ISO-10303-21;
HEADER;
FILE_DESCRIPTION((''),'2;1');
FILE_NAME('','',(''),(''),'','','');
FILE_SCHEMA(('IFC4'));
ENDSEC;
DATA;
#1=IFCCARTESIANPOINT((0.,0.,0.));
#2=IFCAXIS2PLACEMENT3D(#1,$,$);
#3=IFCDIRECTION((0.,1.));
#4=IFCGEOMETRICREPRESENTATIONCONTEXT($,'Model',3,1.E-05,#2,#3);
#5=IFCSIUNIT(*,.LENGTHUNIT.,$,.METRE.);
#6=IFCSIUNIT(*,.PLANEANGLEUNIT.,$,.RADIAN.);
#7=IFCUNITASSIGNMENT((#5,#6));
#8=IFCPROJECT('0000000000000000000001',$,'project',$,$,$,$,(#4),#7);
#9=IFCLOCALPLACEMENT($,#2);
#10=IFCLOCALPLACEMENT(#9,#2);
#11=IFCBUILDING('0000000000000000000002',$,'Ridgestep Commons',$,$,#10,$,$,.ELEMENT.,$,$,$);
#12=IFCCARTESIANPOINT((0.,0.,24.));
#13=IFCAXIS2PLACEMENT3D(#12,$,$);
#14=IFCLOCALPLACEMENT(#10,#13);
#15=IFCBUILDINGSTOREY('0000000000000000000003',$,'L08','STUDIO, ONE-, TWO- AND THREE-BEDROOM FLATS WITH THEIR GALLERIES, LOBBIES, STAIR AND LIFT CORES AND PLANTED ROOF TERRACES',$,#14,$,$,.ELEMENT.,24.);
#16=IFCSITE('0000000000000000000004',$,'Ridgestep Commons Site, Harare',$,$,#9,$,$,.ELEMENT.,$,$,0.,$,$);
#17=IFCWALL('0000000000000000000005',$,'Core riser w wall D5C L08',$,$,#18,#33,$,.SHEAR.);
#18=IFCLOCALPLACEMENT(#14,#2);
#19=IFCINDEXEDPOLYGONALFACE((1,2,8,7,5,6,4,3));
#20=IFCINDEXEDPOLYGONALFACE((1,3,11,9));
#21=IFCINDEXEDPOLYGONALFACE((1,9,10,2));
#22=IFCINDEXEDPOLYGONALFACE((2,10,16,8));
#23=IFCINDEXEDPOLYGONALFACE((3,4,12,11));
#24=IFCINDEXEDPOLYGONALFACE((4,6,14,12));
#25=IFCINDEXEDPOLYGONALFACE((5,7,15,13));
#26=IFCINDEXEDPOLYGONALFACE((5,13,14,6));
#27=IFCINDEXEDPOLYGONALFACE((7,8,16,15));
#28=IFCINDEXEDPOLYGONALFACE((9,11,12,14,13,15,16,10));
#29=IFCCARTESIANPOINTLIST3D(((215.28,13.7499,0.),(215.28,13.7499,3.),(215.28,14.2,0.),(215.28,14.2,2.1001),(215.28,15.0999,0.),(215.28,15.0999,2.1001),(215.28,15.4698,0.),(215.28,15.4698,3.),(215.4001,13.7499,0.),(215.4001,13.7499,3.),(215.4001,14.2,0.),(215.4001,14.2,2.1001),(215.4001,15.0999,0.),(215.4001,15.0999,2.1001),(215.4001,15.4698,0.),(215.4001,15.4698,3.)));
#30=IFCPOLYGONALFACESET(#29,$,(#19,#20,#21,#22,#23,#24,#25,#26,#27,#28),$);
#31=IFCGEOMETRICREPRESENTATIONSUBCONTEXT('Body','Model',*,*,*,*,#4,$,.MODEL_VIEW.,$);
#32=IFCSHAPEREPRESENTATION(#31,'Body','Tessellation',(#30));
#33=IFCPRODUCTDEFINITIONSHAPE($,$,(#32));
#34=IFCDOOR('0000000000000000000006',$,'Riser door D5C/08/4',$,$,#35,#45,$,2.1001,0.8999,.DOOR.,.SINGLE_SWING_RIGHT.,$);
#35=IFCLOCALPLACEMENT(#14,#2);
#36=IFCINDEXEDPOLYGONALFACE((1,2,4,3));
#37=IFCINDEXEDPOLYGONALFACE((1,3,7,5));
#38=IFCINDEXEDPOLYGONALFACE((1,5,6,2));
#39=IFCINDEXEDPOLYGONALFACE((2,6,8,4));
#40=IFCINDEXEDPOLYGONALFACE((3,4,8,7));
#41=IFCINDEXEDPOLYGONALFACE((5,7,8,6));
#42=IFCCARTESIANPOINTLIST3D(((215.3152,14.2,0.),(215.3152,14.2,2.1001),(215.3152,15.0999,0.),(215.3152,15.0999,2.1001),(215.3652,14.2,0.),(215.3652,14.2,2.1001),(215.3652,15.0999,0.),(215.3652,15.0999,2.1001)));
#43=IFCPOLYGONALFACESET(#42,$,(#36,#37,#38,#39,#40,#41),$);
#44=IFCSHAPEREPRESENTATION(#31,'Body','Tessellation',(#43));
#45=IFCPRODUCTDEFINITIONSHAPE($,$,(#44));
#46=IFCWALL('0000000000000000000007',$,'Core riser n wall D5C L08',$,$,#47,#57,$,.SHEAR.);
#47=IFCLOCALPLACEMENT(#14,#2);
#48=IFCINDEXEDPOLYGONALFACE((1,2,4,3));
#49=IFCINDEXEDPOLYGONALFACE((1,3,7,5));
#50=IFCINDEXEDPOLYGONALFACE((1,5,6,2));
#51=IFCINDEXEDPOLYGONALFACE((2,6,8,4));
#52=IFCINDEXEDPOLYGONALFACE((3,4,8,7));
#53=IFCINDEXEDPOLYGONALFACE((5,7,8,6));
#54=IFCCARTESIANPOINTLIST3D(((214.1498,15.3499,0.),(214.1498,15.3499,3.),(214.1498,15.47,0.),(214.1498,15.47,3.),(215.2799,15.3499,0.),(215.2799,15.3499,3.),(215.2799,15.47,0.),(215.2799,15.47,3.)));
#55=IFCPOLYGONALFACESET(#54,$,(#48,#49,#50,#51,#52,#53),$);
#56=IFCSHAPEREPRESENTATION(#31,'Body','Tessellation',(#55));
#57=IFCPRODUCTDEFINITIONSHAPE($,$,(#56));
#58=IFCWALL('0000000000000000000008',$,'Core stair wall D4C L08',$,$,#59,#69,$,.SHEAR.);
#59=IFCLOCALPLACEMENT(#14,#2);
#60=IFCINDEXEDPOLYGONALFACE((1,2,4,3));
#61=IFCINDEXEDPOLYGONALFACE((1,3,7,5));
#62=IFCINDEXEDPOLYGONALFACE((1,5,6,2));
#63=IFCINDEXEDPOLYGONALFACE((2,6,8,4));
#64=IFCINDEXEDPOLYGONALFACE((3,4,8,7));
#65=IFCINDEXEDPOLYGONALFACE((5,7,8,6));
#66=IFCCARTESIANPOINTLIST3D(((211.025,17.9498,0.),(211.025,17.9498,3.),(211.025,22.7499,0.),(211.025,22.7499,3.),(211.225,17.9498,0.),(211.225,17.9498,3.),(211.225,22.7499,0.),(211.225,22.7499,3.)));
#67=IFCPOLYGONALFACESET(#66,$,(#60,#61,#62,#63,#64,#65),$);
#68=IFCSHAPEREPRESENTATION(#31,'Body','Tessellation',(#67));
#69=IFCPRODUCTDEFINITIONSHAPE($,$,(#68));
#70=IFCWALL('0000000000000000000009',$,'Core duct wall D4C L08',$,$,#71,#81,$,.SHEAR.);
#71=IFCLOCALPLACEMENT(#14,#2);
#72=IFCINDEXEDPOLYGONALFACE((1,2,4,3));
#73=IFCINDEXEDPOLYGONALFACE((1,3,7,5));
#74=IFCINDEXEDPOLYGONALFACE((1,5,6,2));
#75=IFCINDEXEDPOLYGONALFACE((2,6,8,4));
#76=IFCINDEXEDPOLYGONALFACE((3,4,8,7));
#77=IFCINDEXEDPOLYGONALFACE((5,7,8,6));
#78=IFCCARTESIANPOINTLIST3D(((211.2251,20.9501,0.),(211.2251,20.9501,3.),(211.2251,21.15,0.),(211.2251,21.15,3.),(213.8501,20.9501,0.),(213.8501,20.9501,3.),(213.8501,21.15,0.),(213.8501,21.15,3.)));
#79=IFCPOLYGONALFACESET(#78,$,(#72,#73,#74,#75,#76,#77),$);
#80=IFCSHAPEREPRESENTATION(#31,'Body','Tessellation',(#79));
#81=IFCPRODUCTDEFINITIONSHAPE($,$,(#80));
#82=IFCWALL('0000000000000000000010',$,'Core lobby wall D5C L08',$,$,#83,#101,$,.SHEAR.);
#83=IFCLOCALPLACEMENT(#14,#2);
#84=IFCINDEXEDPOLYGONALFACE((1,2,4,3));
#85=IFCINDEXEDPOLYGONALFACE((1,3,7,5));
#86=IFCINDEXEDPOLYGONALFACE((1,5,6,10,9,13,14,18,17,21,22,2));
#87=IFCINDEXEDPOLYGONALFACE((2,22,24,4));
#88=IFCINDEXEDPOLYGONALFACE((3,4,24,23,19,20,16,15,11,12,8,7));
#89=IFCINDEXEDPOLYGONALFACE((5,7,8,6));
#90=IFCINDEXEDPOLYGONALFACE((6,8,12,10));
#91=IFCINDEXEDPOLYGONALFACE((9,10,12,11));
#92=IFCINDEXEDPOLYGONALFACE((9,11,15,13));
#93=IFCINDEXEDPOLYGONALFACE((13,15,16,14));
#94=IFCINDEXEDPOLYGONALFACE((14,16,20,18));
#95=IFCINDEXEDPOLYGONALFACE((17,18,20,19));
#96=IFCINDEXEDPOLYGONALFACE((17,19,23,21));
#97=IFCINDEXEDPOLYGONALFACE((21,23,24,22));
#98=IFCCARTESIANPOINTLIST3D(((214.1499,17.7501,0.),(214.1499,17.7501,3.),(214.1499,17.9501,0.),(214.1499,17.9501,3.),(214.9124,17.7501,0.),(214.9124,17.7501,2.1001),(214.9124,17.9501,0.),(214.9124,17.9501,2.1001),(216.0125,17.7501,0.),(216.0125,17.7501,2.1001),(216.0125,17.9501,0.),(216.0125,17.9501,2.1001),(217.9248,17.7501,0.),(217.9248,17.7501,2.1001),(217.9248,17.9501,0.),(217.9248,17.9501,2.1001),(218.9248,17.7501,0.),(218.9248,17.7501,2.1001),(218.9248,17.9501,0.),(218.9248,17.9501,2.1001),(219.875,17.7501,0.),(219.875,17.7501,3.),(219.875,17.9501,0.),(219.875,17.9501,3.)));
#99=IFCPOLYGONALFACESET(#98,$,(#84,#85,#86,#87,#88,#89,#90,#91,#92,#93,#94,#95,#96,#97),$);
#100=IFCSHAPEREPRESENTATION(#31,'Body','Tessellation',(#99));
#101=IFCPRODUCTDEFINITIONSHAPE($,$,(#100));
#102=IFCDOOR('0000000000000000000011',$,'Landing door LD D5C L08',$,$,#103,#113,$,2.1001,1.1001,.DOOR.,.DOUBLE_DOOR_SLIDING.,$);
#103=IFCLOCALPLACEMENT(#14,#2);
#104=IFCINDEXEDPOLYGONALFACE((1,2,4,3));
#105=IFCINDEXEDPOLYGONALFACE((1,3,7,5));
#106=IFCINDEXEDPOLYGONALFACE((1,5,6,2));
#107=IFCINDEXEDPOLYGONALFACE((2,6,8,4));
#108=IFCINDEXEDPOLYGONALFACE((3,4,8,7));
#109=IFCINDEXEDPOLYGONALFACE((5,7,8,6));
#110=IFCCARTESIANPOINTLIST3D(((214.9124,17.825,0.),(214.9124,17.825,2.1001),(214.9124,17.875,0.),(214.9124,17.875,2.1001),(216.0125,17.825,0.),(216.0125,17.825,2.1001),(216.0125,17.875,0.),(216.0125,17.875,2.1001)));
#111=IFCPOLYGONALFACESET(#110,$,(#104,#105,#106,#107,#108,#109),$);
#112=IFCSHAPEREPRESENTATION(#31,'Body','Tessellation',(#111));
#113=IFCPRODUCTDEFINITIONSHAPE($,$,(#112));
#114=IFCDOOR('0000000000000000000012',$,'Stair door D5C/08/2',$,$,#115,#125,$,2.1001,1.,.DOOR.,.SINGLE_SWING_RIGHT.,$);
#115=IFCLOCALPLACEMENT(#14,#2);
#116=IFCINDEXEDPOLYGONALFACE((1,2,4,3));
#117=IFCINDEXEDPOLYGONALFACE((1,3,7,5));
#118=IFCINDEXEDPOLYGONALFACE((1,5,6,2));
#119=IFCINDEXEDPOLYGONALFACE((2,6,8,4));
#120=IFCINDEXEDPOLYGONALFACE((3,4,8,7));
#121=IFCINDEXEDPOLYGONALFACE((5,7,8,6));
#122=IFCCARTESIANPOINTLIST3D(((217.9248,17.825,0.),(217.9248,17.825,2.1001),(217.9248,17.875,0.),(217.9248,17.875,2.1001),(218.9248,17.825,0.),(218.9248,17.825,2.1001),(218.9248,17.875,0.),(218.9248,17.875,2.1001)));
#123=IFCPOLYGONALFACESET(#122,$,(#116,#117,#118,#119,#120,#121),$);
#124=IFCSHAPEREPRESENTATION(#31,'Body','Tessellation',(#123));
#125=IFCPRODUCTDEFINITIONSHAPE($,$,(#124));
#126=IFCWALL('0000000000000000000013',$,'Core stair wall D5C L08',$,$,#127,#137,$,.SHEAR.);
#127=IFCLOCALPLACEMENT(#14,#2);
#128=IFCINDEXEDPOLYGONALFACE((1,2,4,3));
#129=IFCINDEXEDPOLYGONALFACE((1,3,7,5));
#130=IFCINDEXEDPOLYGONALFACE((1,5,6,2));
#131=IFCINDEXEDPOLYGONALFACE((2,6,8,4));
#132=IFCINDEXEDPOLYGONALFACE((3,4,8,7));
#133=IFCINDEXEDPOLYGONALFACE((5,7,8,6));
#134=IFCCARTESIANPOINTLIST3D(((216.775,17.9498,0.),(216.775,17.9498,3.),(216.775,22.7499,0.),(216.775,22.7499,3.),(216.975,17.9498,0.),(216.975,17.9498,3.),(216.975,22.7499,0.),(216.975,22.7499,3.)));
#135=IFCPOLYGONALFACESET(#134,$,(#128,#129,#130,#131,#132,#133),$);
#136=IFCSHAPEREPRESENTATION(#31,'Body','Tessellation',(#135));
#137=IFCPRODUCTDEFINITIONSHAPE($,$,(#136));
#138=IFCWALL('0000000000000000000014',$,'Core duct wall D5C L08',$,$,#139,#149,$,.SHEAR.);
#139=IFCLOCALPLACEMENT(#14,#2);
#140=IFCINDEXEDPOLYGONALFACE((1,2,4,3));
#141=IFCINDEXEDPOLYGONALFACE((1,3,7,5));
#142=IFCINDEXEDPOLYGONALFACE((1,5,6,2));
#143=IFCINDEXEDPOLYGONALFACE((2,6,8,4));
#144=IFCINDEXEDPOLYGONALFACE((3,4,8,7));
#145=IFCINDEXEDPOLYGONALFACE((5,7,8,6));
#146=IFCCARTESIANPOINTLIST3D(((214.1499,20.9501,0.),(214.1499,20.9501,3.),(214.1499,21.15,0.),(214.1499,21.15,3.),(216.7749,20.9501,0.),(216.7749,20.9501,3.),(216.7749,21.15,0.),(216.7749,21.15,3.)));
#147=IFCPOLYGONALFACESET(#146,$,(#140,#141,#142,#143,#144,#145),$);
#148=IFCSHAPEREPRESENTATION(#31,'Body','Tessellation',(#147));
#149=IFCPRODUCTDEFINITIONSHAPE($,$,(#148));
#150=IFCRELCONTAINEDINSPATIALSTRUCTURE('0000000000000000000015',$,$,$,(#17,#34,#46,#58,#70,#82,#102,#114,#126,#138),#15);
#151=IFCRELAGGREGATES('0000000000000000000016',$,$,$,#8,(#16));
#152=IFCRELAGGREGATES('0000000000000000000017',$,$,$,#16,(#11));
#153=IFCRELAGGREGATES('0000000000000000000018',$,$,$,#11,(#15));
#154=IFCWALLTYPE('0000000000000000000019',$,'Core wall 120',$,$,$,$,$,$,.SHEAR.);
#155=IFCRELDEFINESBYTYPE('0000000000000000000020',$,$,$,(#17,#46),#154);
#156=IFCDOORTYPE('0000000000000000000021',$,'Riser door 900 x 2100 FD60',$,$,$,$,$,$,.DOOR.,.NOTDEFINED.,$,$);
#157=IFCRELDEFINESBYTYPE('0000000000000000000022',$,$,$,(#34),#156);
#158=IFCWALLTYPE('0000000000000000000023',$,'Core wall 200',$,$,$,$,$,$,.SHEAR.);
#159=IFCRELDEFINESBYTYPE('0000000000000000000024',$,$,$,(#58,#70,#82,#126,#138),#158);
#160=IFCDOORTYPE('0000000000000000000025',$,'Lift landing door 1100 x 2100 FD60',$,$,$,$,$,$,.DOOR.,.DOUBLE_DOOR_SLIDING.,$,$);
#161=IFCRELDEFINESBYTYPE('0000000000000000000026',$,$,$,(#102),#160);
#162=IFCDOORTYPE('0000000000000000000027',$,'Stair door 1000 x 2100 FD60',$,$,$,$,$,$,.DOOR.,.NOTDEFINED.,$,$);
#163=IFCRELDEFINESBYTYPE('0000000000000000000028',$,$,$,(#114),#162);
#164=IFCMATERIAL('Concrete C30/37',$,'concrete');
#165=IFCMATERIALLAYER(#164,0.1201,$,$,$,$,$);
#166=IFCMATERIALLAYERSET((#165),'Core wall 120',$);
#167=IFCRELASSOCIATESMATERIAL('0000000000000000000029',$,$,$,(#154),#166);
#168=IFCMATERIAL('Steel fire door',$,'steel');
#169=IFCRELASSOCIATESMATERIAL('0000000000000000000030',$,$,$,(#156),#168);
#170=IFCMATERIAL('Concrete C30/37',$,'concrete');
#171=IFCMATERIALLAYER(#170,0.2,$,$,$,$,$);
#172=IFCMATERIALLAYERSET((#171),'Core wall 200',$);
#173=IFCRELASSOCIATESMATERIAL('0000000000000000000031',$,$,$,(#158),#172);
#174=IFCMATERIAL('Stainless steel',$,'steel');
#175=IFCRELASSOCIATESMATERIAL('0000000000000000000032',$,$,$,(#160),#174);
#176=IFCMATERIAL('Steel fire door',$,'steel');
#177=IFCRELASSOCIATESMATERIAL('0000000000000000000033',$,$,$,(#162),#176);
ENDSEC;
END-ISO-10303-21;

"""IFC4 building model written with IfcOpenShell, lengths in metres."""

from ifc_helpers import new_model, si_unit, direction, frame, frame_2d, origin, place, context, subcontext, project, spatial, rectangle, extrude, material, layer, layer_set, type_object, element, fill, save


model = new_model("IFC4")

# Units and contexts
model_context = context("Model", 3, precision=1e-05, world=origin(), true_north=direction((0.0, 1.0)))
body_context = subcontext(model_context, "Body", "Model", "MODEL_VIEW")
ifc_project = project(units=[si_unit("LENGTHUNIT", "METRE"), si_unit("PLANEANGLEUNIT", "RADIAN")], contexts=[model_context])

# Site, building, storey
site_placement = place(None, origin())
site = spatial("IfcSite", under=ifc_project, at=site_placement, Name="Ridgestep Commons Site, Harare", CompositionType="ELEMENT", RefElevation=0.0)
building_placement = place(site_placement, origin())
building = spatial("IfcBuilding", under=site, at=building_placement, Name="Ridgestep Commons", CompositionType="ELEMENT")
storey_placement = place(building_placement, frame((0.0, 0.0, 24.0)))
storey = spatial("IfcBuildingStorey", under=building, at=storey_placement, Name="L08", Description="STUDIO, ONE-, TWO- AND THREE-BEDROOM FLATS WITH THEIR GALLERIES, LOBBIES, STAIR AND LIFT CORES AND PLANTED ROOF TERRACES", CompositionType="ELEMENT", Elevation=24.0)

# Shared definitions
ifc_material_1 = material(Name="Concrete C30/37", Category="concrete")
ifc_layer_1 = layer(ifc_material_1, 0.1201)
ifc_layer_set_1 = layer_set([ifc_layer_1], Name="Core wall 120")
wall_type_1 = type_object("IfcWallType", Name="Core wall 120", PredefinedType="SHEAR", material=ifc_layer_set_1)
ifc_material_2 = material(Name="Steel fire door", Category="steel")
door_type_1 = type_object("IfcDoorType", Name="Riser door 900 x 2100 FD60", OperationType="NOTDEFINED", PredefinedType="DOOR", material=ifc_material_2)

# Wall, opening, door
wall_1_placement = place(storey_placement, frame((215.3401, 13.75, 0.0), z_axis=(0.0, 0.0, 1.0), x_axis=(0.0, 1.0, 0.0)))
wall_1 = element("IfcWall", 1, at=wall_1_placement, inside=storey, type_object=wall_type_1, Name="Core riser w wall D5C L08", PredefinedType="SHEAR", context=body_context, shape_type="SweptSolid", body=[
    extrude(rectangle(XDim=1.72, YDim=0.1201, at=frame_2d((0.8599, 0.0))), origin(), (0.0, 0.0, 1.0), 3.0),
])
opening_1_placement = place(wall_1_placement, frame((0.45, 0.0, 0.0)))
opening_1 = element("IfcOpeningElement", 2, at=opening_1_placement, cuts=wall_1, PredefinedType="OPENING", context=body_context, shape_type="SweptSolid", body=[
    extrude(rectangle(XDim=0.8999, YDim=2.1001, at=frame_2d((0.45, 1.05))), frame((0.0, 0.0701, 0.0), z_axis=(0.0, -1.0, 0.0), x_axis=(1.0, 0.0, 0.0)), (0.0, 0.0, 1.0), 0.1401),
])
door_1_placement = place(opening_1_placement, origin())
door_1 = element("IfcDoor", 3, at=door_1_placement, inside=storey, type_object=door_type_1, Name="Riser door D5C/08/4", OperationType="SINGLE_SWING_RIGHT", OverallHeight=2.1001, OverallWidth=0.8999, PredefinedType="DOOR", context=body_context, shape_type="SweptSolid", body=[
    extrude(rectangle(XDim=0.8999, YDim=2.1001, at=frame_2d((0.45, 1.05))), frame((0.0, 0.0249, 0.0), z_axis=(0.0, -1.0, 0.0), x_axis=(1.0, 0.0, 0.0)), (0.0, 0.0, 1.0), 0.05),
])
fill(opening_1, door_1)

# Walls
wall_2_placement = place(storey_placement, frame((214.1499, 15.4099, 0.0), z_axis=(0.0, 0.0, 1.0), x_axis=(1.0, 0.0, 0.0)))
element("IfcWall", 4, at=wall_2_placement, inside=storey, type_object=wall_type_1, Name="Core riser n wall D5C L08", PredefinedType="SHEAR", context=body_context, shape_type="SweptSolid", body=[
    extrude(rectangle(XDim=1.1301, YDim=0.1201, at=frame_2d((0.5649, 0.0))), origin(), (0.0, 0.0, 1.0), 3.0),
])
ifc_material_3 = material(Name="Concrete C30/37", Category="concrete")
ifc_layer_2 = layer(ifc_material_3, 0.2)
ifc_layer_set_2 = layer_set([ifc_layer_2], Name="Core wall 200")
wall_type_2 = type_object("IfcWallType", Name="Core wall 200", PredefinedType="SHEAR", material=ifc_layer_set_2)
wall_3_placement = place(storey_placement, frame((211.125, 17.95, 0.0), z_axis=(0.0, 0.0, 1.0), x_axis=(0.0, 1.0, 0.0)))
element("IfcWall", 5, at=wall_3_placement, inside=storey, type_object=wall_type_2, Name="Core stair wall D4C L08", PredefinedType="SHEAR", context=body_context, shape_type="SweptSolid", body=[
    extrude(rectangle(XDim=4.8, YDim=0.2, at=frame_2d((2.3999, 0.0))), origin(), (0.0, 0.0, 1.0), 3.0),
])
wall_4_placement = place(storey_placement, frame((211.2251, 21.05, 0.0), z_axis=(0.0, 0.0, 1.0), x_axis=(1.0, 0.0, 0.0)))
element("IfcWall", 6, at=wall_4_placement, inside=storey, type_object=wall_type_2, Name="Core duct wall D4C L08", PredefinedType="SHEAR", context=body_context, shape_type="SweptSolid", body=[
    extrude(rectangle(XDim=2.625, YDim=0.2, at=frame_2d((1.3125, 0.0))), origin(), (0.0, 0.0, 1.0), 3.0),
])

# Wall, openings, doors
wall_5_placement = place(storey_placement, frame((214.1499, 17.8501, 0.0), z_axis=(0.0, 0.0, 1.0), x_axis=(1.0, 0.0, 0.0)))
wall_5 = element("IfcWall", 7, at=wall_5_placement, inside=storey, type_object=wall_type_2, Name="Core lobby wall D5C L08", PredefinedType="SHEAR", context=body_context, shape_type="SweptSolid", body=[
    extrude(rectangle(XDim=5.7251, YDim=0.2, at=frame_2d((2.8625, 0.0))), origin(), (0.0, 0.0, 1.0), 3.0),
])
opening_2_placement = place(wall_5_placement, frame((3.7749, 0.0, 0.0)))
opening_2 = element("IfcOpeningElement", 8, at=opening_2_placement, cuts=wall_5, PredefinedType="OPENING", context=body_context, shape_type="SweptSolid", body=[
    extrude(rectangle(XDim=1.0, YDim=2.1001, at=frame_2d((0.5, 1.05))), frame((0.0, 0.1099, 0.0), z_axis=(0.0, -1.0, 0.0), x_axis=(1.0, 0.0, 0.0)), (0.0, 0.0, 1.0), 0.22),
])
opening_3_placement = place(wall_5_placement, frame((0.7625, 0.0, 0.0)))
opening_3 = element("IfcOpeningElement", 9, at=opening_3_placement, cuts=wall_5, PredefinedType="OPENING", context=body_context, shape_type="SweptSolid", body=[
    extrude(rectangle(XDim=1.1001, YDim=2.1001, at=frame_2d((0.55, 1.05))), frame((0.0, 0.1099, 0.0), z_axis=(0.0, -1.0, 0.0), x_axis=(1.0, 0.0, 0.0)), (0.0, 0.0, 1.0), 0.22),
])
ifc_material_4 = material(Name="Stainless steel", Category="steel")
door_type_2 = type_object("IfcDoorType", Name="Lift landing door 1100 x 2100 FD60", OperationType="DOUBLE_DOOR_SLIDING", PredefinedType="DOOR", material=ifc_material_4)
door_2_placement = place(opening_3_placement, origin())
door_2 = element("IfcDoor", 10, at=door_2_placement, inside=storey, type_object=door_type_2, Name="Landing door LD D5C L08", OperationType="DOUBLE_DOOR_SLIDING", OverallHeight=2.1001, OverallWidth=1.1001, PredefinedType="DOOR", context=body_context, shape_type="SweptSolid", body=[
    extrude(rectangle(XDim=1.1001, YDim=2.1001, at=frame_2d((0.55, 1.05))), frame((0.0, 0.0249, 0.0), z_axis=(0.0, -1.0, 0.0), x_axis=(1.0, 0.0, 0.0)), (0.0, 0.0, 1.0), 0.05),
])
fill(opening_3, door_2)
ifc_material_5 = material(Name="Steel fire door", Category="steel")
door_type_3 = type_object("IfcDoorType", Name="Stair door 1000 x 2100 FD60", OperationType="NOTDEFINED", PredefinedType="DOOR", material=ifc_material_5)
door_3_placement = place(opening_2_placement, origin())
door_3 = element("IfcDoor", 11, at=door_3_placement, inside=storey, type_object=door_type_3, Name="Stair door D5C/08/2", OperationType="SINGLE_SWING_RIGHT", OverallHeight=2.1001, OverallWidth=1.0, PredefinedType="DOOR", context=body_context, shape_type="SweptSolid", body=[
    extrude(rectangle(XDim=1.0, YDim=2.1001, at=frame_2d((0.5, 1.05))), frame((0.0, 0.0249, 0.0), z_axis=(0.0, -1.0, 0.0), x_axis=(1.0, 0.0, 0.0)), (0.0, 0.0, 1.0), 0.05),
])
fill(opening_2, door_3)

# Walls
wall_6_placement = place(storey_placement, frame((216.875, 17.95, 0.0), z_axis=(0.0, 0.0, 1.0), x_axis=(0.0, 1.0, 0.0)))
element("IfcWall", 12, at=wall_6_placement, inside=storey, type_object=wall_type_2, Name="Core stair wall D5C L08", PredefinedType="SHEAR", context=body_context, shape_type="SweptSolid", body=[
    extrude(rectangle(XDim=4.8, YDim=0.2, at=frame_2d((2.3999, 0.0))), origin(), (0.0, 0.0, 1.0), 3.0),
])
wall_7_placement = place(storey_placement, frame((214.1499, 21.05, 0.0), z_axis=(0.0, 0.0, 1.0), x_axis=(1.0, 0.0, 0.0)))
element("IfcWall", 13, at=wall_7_placement, inside=storey, type_object=wall_type_2, Name="Core duct wall D5C L08", PredefinedType="SHEAR", context=body_context, shape_type="SweptSolid", body=[
    extrude(rectangle(XDim=2.625, YDim=0.2, at=frame_2d((1.3125, 0.0))), origin(), (0.0, 0.0, 1.0), 3.0),
])

save(model, "model.ifc")
